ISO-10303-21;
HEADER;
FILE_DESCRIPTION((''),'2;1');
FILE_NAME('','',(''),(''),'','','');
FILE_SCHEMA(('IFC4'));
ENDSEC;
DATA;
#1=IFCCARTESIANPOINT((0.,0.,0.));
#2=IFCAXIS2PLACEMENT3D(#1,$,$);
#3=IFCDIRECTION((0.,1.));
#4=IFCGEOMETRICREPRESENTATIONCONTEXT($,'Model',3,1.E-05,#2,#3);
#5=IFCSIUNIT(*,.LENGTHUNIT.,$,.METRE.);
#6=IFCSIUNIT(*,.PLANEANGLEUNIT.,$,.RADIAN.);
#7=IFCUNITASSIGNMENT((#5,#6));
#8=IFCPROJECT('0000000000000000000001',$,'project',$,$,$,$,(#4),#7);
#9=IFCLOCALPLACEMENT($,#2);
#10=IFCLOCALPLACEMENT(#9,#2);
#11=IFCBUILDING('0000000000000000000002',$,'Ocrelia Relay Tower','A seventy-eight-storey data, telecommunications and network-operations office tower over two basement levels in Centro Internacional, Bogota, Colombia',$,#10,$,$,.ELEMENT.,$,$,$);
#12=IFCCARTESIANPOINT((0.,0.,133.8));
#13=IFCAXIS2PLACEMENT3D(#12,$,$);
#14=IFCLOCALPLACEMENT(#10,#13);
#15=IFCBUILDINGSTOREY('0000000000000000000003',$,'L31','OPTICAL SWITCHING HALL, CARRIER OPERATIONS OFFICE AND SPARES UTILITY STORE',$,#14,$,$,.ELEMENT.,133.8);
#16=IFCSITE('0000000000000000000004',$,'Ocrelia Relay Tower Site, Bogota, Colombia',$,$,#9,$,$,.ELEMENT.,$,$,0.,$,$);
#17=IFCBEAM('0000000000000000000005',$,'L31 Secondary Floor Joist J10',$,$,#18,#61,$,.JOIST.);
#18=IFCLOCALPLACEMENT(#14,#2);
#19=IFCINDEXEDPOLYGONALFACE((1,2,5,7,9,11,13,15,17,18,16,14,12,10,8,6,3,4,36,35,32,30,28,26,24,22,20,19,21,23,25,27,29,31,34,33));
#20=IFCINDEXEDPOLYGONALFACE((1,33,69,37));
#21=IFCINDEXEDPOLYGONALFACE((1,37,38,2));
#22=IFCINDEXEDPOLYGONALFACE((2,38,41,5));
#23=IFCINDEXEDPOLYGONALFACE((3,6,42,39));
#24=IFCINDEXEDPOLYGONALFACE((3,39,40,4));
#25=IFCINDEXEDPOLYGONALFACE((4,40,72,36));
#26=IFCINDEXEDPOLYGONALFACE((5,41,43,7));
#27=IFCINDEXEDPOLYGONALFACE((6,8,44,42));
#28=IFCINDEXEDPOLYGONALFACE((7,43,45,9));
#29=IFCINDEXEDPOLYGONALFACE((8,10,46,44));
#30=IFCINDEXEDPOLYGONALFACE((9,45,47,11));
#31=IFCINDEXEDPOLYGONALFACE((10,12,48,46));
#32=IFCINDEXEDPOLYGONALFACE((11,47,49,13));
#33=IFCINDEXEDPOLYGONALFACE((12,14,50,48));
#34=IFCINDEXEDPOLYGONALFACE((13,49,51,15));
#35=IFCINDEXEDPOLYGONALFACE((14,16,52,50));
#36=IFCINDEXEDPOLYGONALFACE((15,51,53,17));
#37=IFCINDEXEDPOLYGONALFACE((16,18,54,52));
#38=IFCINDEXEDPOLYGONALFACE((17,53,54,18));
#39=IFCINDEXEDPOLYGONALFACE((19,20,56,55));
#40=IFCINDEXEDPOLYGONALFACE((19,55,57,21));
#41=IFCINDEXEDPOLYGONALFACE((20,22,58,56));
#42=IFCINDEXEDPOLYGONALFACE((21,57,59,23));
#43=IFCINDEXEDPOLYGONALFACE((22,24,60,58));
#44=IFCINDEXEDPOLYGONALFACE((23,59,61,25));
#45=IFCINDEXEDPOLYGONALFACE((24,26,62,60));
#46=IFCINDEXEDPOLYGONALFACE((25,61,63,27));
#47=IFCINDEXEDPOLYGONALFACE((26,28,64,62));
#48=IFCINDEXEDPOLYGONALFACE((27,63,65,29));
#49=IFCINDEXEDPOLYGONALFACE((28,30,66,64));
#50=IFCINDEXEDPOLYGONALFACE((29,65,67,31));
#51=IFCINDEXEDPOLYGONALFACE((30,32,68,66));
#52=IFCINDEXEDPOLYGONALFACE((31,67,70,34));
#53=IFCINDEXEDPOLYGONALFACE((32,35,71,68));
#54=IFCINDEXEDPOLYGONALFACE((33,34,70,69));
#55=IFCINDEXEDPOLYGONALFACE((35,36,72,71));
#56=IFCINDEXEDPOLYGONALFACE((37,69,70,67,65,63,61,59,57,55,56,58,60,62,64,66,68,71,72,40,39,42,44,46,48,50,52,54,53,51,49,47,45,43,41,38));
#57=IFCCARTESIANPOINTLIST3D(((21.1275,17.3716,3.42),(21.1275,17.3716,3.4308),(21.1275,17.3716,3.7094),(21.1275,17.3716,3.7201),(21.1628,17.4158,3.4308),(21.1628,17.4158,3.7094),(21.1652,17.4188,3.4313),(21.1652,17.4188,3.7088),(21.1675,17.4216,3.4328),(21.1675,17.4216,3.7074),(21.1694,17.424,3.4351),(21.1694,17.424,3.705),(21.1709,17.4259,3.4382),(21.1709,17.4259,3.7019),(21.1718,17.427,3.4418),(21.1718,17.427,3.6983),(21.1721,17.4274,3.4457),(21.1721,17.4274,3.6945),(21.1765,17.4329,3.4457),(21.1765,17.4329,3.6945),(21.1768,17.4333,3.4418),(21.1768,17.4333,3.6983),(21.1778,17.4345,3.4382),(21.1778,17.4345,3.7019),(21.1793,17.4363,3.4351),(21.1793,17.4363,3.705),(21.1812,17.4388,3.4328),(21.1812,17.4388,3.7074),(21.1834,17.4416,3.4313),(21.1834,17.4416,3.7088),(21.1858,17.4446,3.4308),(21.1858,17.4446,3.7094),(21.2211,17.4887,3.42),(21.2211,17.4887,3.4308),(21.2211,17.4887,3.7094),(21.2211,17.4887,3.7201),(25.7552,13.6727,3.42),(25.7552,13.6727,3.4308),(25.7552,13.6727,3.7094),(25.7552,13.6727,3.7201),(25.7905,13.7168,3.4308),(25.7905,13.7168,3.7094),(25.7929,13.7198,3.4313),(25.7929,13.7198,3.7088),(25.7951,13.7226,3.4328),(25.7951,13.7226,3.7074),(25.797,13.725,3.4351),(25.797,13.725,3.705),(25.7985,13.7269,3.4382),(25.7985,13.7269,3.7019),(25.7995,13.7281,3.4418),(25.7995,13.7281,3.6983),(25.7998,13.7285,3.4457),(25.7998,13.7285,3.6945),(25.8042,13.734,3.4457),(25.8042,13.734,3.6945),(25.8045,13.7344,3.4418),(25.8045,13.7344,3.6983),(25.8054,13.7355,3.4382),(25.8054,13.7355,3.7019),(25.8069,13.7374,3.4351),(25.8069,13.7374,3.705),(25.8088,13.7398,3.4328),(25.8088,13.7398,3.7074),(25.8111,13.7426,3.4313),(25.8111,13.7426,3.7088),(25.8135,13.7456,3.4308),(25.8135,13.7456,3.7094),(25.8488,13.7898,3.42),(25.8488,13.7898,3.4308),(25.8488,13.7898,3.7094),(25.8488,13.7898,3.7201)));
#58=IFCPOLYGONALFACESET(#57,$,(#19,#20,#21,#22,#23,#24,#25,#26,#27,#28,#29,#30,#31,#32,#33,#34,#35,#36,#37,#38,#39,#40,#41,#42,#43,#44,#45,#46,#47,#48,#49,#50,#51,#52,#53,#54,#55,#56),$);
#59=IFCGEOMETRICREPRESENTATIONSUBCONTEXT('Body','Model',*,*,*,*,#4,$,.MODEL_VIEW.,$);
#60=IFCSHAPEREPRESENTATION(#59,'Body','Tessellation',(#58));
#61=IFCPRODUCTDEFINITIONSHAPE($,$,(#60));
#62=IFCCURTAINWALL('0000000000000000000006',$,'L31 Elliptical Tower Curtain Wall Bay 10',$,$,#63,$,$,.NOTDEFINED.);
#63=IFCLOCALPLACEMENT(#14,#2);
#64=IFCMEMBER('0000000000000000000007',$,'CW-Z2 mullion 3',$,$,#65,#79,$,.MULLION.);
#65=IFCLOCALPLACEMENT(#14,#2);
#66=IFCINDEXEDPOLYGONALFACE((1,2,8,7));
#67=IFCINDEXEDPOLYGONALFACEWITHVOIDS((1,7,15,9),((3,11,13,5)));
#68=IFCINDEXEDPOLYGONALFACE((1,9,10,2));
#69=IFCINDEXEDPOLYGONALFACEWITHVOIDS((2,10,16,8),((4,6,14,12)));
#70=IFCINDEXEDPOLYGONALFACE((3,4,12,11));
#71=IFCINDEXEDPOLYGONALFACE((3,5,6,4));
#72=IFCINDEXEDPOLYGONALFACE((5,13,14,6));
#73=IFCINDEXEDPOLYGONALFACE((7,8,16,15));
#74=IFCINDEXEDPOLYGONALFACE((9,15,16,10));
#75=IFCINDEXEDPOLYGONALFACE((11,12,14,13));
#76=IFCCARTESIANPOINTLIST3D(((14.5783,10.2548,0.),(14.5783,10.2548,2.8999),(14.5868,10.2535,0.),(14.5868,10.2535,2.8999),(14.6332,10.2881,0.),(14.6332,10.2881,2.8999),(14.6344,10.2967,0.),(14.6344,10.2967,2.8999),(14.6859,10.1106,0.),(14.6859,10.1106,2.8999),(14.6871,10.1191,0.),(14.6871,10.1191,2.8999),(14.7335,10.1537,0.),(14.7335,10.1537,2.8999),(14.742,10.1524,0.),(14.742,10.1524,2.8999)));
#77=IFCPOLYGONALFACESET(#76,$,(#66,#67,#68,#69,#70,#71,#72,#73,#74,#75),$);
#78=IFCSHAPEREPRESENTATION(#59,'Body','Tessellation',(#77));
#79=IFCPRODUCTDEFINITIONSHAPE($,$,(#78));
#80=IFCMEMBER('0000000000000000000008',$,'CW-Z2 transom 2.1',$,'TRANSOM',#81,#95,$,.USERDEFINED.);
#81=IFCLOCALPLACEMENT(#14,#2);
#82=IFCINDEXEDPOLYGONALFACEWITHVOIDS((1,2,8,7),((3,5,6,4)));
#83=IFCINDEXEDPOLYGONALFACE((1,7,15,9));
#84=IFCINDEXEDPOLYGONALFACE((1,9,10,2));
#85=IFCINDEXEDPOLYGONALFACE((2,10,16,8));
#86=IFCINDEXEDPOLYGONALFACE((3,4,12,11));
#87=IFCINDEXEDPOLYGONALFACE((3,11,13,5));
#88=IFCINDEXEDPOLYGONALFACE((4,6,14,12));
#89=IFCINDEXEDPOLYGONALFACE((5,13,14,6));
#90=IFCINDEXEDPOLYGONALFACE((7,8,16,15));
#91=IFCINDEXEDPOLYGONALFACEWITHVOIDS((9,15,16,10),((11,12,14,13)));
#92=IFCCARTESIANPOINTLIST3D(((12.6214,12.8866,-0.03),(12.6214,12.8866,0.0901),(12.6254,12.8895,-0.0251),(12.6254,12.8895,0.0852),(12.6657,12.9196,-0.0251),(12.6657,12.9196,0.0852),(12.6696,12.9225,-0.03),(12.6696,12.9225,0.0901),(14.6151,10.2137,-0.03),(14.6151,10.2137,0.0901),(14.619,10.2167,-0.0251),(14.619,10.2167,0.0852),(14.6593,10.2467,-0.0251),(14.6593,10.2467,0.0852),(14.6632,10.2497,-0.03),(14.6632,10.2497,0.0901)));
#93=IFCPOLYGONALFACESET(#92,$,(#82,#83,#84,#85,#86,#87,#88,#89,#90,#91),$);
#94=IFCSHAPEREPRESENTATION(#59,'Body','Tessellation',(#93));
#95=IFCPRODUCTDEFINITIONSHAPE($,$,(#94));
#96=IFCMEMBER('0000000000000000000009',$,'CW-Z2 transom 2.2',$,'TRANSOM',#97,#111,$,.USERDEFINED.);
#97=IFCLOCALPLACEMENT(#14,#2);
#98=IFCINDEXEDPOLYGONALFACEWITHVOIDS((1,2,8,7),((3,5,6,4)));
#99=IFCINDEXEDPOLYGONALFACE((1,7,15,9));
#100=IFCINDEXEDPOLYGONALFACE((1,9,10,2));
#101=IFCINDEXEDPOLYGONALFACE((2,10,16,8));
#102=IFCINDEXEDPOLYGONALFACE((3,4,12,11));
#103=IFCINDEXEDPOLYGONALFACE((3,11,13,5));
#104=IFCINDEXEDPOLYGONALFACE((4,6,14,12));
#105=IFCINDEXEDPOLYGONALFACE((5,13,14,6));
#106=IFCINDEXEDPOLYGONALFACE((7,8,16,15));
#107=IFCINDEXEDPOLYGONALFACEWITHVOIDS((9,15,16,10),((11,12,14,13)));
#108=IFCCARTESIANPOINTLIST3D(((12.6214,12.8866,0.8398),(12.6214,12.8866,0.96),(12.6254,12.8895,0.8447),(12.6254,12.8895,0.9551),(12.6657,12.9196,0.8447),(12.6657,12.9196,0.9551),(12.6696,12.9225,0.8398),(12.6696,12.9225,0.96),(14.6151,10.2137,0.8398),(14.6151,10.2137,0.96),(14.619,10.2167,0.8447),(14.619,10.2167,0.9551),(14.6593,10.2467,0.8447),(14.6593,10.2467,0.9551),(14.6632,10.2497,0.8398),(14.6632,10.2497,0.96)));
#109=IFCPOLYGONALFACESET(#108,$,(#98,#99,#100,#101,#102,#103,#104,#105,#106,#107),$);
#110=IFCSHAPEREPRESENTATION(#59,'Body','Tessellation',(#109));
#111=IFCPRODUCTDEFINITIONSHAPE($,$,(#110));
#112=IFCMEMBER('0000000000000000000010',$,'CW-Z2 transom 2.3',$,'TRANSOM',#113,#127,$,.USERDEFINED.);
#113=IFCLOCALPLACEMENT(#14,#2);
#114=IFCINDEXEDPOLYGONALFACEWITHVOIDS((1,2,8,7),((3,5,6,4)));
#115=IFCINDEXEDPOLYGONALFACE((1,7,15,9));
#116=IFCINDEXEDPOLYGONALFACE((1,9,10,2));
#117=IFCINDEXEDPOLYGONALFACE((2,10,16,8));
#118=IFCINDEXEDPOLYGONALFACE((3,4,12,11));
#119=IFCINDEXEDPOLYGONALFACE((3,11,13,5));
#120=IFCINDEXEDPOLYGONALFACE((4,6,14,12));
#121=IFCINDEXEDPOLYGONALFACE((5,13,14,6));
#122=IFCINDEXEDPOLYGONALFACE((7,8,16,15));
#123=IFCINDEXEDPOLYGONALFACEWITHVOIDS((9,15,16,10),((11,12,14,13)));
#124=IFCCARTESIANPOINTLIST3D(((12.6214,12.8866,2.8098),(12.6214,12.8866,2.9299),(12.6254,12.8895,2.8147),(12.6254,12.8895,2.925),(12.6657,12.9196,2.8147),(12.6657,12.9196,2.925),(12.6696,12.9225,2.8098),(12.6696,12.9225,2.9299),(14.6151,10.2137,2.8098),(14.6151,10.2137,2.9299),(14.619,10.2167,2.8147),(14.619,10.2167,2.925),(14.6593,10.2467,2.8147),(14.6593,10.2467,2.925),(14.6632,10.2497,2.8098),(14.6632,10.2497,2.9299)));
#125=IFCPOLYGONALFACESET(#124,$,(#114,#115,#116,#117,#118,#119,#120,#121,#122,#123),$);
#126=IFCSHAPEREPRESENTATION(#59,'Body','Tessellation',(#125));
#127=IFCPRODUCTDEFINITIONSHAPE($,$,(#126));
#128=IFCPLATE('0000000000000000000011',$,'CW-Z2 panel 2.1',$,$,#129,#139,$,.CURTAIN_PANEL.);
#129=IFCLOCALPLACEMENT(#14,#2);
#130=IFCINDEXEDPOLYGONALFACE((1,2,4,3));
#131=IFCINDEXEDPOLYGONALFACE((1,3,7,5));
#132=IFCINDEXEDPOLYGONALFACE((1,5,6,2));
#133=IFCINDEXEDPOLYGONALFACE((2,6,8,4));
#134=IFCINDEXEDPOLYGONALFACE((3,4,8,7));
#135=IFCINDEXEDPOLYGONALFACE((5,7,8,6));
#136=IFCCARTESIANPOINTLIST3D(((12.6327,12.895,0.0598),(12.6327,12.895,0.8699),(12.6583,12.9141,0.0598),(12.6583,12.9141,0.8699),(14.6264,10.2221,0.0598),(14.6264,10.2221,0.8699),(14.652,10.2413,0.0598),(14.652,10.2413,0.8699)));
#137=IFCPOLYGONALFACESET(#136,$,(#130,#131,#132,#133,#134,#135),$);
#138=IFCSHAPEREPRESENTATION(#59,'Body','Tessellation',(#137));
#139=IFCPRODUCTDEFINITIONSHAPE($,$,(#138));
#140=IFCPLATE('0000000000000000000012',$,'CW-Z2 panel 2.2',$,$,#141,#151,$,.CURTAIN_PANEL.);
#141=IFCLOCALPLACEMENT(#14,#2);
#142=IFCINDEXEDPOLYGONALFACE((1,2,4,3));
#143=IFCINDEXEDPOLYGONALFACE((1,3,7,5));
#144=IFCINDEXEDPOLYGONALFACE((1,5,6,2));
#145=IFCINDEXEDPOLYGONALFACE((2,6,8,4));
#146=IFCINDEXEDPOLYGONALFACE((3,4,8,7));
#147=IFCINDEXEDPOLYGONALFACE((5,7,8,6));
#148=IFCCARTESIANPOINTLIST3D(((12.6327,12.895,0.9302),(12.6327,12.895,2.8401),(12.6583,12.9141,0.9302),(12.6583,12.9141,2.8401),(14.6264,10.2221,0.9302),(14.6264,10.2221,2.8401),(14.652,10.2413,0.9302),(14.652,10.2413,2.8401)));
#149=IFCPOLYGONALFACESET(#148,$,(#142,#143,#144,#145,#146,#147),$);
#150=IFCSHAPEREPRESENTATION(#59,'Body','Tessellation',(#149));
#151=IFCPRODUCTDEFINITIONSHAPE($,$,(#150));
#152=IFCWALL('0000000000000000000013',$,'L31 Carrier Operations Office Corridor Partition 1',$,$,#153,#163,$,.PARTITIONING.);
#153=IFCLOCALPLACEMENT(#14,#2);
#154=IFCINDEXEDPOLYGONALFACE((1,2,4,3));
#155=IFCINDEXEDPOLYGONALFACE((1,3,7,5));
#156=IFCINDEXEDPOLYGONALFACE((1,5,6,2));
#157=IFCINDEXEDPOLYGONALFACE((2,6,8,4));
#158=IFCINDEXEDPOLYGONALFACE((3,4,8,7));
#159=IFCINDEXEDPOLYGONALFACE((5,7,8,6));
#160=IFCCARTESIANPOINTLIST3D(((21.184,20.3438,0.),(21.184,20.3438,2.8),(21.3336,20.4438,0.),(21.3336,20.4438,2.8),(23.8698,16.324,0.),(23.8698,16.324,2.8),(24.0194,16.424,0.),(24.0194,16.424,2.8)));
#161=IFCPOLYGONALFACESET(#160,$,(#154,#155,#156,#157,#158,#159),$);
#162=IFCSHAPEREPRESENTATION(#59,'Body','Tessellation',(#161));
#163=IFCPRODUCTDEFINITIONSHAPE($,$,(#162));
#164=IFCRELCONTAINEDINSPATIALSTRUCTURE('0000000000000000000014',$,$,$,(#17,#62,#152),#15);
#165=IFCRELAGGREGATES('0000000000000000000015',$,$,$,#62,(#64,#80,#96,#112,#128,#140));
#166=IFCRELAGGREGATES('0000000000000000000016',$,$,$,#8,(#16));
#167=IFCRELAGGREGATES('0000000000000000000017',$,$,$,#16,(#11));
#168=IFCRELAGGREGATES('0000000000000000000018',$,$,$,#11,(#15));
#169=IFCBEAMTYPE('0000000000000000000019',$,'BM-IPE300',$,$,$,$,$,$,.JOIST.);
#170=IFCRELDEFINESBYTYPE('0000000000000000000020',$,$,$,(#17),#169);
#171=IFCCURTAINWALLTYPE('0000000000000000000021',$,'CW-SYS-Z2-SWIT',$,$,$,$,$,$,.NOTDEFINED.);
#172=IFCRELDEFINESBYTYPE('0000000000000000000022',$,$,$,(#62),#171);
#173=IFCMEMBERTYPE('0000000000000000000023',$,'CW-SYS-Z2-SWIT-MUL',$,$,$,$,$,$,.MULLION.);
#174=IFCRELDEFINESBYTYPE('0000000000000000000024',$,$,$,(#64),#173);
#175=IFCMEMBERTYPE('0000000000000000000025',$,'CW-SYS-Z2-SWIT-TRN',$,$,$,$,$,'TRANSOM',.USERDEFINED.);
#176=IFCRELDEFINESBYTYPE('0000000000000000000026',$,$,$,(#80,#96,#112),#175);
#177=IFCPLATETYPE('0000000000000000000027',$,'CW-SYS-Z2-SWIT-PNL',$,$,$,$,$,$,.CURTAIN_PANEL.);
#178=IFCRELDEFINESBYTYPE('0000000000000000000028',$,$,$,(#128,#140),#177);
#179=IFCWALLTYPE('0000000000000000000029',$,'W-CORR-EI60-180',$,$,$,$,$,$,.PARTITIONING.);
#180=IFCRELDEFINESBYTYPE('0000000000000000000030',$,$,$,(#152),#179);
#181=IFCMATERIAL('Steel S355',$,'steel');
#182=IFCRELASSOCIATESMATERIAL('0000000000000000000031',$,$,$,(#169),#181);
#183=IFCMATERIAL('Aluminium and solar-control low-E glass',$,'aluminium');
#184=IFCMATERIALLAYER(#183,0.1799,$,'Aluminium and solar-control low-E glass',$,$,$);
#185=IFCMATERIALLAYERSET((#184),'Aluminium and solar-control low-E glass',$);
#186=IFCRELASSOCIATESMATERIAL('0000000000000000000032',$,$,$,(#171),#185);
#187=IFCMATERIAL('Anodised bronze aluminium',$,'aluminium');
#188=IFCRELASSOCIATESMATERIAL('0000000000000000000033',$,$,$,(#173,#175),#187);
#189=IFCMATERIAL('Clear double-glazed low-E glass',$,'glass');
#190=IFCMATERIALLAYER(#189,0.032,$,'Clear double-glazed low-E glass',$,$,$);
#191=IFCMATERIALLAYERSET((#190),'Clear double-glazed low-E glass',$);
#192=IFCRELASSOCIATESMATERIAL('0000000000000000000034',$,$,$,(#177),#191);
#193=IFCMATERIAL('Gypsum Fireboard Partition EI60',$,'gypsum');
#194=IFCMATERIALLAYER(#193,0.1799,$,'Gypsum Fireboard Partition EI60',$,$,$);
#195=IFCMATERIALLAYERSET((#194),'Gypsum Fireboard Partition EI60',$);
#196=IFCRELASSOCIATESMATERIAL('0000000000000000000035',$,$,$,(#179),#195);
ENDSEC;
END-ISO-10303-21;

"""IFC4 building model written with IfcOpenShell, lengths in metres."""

from ifc_helpers import new_model, si_unit, direction, frame, frame_2d, origin, origin_2d, place, context, subcontext, project, spatial, rectangle, hollow_rectangle, i_section, extrude, material, layer, layer_set, material_profile, profile_set, type_object, element, aggregate, save


model = new_model("IFC4")

# Units and contexts
model_context = context("Model", 3, precision=1e-05, world=origin(), true_north=direction((0.0, 1.0)))
body_context = subcontext(model_context, "Body", "Model", "MODEL_VIEW")
ifc_project = project(units=[si_unit("LENGTHUNIT", "METRE"), si_unit("PLANEANGLEUNIT", "RADIAN")], contexts=[model_context])

# Site, building, storey
site_placement = place(None, origin())
site = spatial("IfcSite", under=ifc_project, at=site_placement, Name="Ocrelia Relay Tower Site, Bogota, Colombia", CompositionType="ELEMENT", RefElevation=0.0)
building_placement = place(site_placement, origin())
building = spatial("IfcBuilding", under=site, at=building_placement, Name="Ocrelia Relay Tower", Description="A seventy-eight-storey data, telecommunications and network-operations office tower over two basement levels in Centro Internacional, Bogota, Colombia", CompositionType="ELEMENT")
storey_placement = place(building_placement, frame((0.0, 0.0, 133.8)))
storey = spatial("IfcBuildingStorey", under=building, at=storey_placement, Name="L31", Description="OPTICAL SWITCHING HALL, CARRIER OPERATIONS OFFICE AND SPARES UTILITY STORE", CompositionType="ELEMENT", Elevation=133.8)

# Beam
ifc_material_1 = material(Name="Steel S355", Category="steel")
ifc_material_profile_1 = material_profile(ifc_material_1, i_section(OverallWidth=0.1499, OverallDepth=0.3, WebThickness=0.0071, FlangeThickness=0.0107, FilletRadius=0.0149, at=origin_2d()), Name="IPE 300")
ifc_profile_set_1 = profile_set([ifc_material_profile_1], Name="Steel S355")
beam_type_1 = type_object("IfcBeamType", Name="BM-IPE300", PredefinedType="JOIST", material=ifc_profile_set_1)
beam_1_placement = place(storey_placement, frame((21.1743, 17.4302, 3.5701), z_axis=(0.78113, -0.624368, 0.0), x_axis=(0.624368, 0.78113, 0.0)))
element("IfcBeam", 1, at=beam_1_placement, inside=storey, type_object=beam_type_1, Name="L31 Secondary Floor Joist J10", PredefinedType="JOIST", context=body_context, shape_type="SweptSolid", body=[
    extrude(i_section(OverallWidth=0.1499, OverallDepth=0.3, WebThickness=0.0071, FlangeThickness=0.0107, FilletRadius=0.0149, at=origin_2d()), origin(), (0.0, 0.0, 1.0), 5.9243),
])

# Curtain wall, members, plates
ifc_material_2 = material(Name="Aluminium and solar-control low-E glass", Category="aluminium")
ifc_layer_1 = layer(ifc_material_2, 0.1799, Name="Aluminium and solar-control low-E glass")
ifc_layer_set_1 = layer_set([ifc_layer_1], Name="Aluminium and solar-control low-E glass")
curtain_wall_type = type_object("IfcCurtainWallType", Name="CW-SYS-Z2-SWIT", PredefinedType="NOTDEFINED", material=ifc_layer_set_1)
curtain_wall_placement = place(storey_placement, origin())
curtain_wall = element("IfcCurtainWall", 2, at=curtain_wall_placement, inside=storey, type_object=curtain_wall_type, Name="L31 Elliptical Tower Curtain Wall Bay 10", PredefinedType="NOTDEFINED")
ifc_material_3 = material(Name="Anodised bronze aluminium", Category="aluminium")
ifc_material_profile_2 = material_profile(ifc_material_3, hollow_rectangle(XDim=0.0701, YDim=0.1799, WallThickness=0.0061, at=origin_2d()), Name="CW-MUL-180x70")
ifc_profile_set_2 = profile_set([ifc_material_profile_2], Name="Anodised bronze aluminium")
member_type_1 = type_object("IfcMemberType", Name="CW-SYS-Z2-SWIT-MUL", PredefinedType="MULLION", material=ifc_profile_set_2)
member_1_placement = place(storey_placement, frame((14.6602, 10.2036, 0.0), z_axis=(0.0, 0.0, 1.0), x_axis=(0.801572, 0.597898, 0.0)))
member_1 = element("IfcMember", 3, at=member_1_placement, type_object=member_type_1, Name="CW-Z2 mullion 3", PredefinedType="MULLION", context=body_context, shape_type="SweptSolid", body=[
    extrude(hollow_rectangle(XDim=0.0701, YDim=0.1799, WallThickness=0.0061, at=origin_2d()), origin(), (0.0, 0.0, 1.0), 2.8999),
])
ifc_material_profile_3 = material_profile(ifc_material_3, hollow_rectangle(XDim=0.0601, YDim=0.1201, WallThickness=0.0049, at=origin_2d()), Name="CW-TRN-120x60")
ifc_profile_set_3 = profile_set([ifc_material_profile_3], Name="Anodised bronze aluminium")
member_type_2 = type_object("IfcMemberType", Name="CW-SYS-Z2-SWIT-TRN", ElementType="TRANSOM", PredefinedType="USERDEFINED", material=ifc_profile_set_3)
member_2_placement = place(storey_placement, frame((12.6455, 12.9045, 0.03), z_axis=(0.597889, -0.801579, 0.0), x_axis=(0.801579, 0.597889, 0.0)))
member_2 = element("IfcMember", 4, at=member_2_placement, type_object=member_type_2, Name="CW-Z2 transom 2.1", ObjectType="TRANSOM", PredefinedType="USERDEFINED", context=body_context, shape_type="SweptSolid", body=[
    extrude(hollow_rectangle(XDim=0.0601, YDim=0.1201, WallThickness=0.0049, at=origin_2d()), origin(), (0.0, 0.0, 1.0), 3.3345),
])
member_3_placement = place(storey_placement, frame((12.6455, 12.9045, 0.8999), z_axis=(0.597889, -0.801579, 0.0), x_axis=(0.801579, 0.597889, 0.0)))
member_3 = element("IfcMember", 5, at=member_3_placement, type_object=member_type_2, Name="CW-Z2 transom 2.2", ObjectType="TRANSOM", PredefinedType="USERDEFINED", context=body_context, shape_type="SweptSolid", body=[
    extrude(hollow_rectangle(XDim=0.0601, YDim=0.1201, WallThickness=0.0049, at=origin_2d()), origin(), (0.0, 0.0, 1.0), 3.3345),
])
member_4_placement = place(storey_placement, frame((12.6455, 12.9045, 2.8699), z_axis=(0.597889, -0.801579, 0.0), x_axis=(0.801579, 0.597889, 0.0)))
member_4 = element("IfcMember", 6, at=member_4_placement, type_object=member_type_2, Name="CW-Z2 transom 2.3", ObjectType="TRANSOM", PredefinedType="USERDEFINED", context=body_context, shape_type="SweptSolid", body=[
    extrude(hollow_rectangle(XDim=0.0601, YDim=0.1201, WallThickness=0.0049, at=origin_2d()), origin(), (0.0, 0.0, 1.0), 3.3345),
])
ifc_material_4 = material(Name="Clear double-glazed low-E glass", Category="glass")
ifc_layer_2 = layer(ifc_material_4, 0.032, Name="Clear double-glazed low-E glass")
ifc_layer_set_2 = layer_set([ifc_layer_2], Name="Clear double-glazed low-E glass")
plate_type = type_object("IfcPlateType", Name="CW-SYS-Z2-SWIT-PNL", PredefinedType="CURTAIN_PANEL", material=ifc_layer_set_2)
plate_1_placement = place(storey_placement, frame((13.6423, 11.5681, 0.0598), z_axis=(0.0, 0.0, 1.0), x_axis=(0.597898, -0.801572, 0.0)))
plate_1 = element("IfcPlate", 7, at=plate_1_placement, type_object=plate_type, Name="CW-Z2 panel 2.1", PredefinedType="CURTAIN_PANEL", context=body_context, shape_type="SweptSolid", body=[
    extrude(rectangle(XDim=3.3345, YDim=0.032, at=origin_2d()), origin(), (0.0, 0.0, 1.0), 0.8101),
])
plate_2_placement = place(storey_placement, frame((13.6423, 11.5681, 0.9302), z_axis=(0.0, 0.0, 1.0), x_axis=(0.597898, -0.801572, 0.0)))
plate_2 = element("IfcPlate", 8, at=plate_2_placement, type_object=plate_type, Name="CW-Z2 panel 2.2", PredefinedType="CURTAIN_PANEL", context=body_context, shape_type="SweptSolid", body=[
    extrude(rectangle(XDim=3.3345, YDim=0.032, at=origin_2d()), origin(), (0.0, 0.0, 1.0), 1.9099),
])
aggregate(curtain_wall, [member_1, member_2, member_3, member_4, plate_1, plate_2])

# Wall
ifc_material_5 = material(Name="Gypsum Fireboard Partition EI60", Category="gypsum")
ifc_layer_3 = layer(ifc_material_5, 0.1799, Name="Gypsum Fireboard Partition EI60")
ifc_layer_set_3 = layer_set([ifc_layer_3], Name="Gypsum Fireboard Partition EI60")
wall_type_1 = type_object("IfcWallType", Name="W-CORR-EI60-180", PredefinedType="PARTITIONING", material=ifc_layer_set_3)
wall_1_placement = place(storey_placement, frame((21.2588, 20.3938, 0.0), z_axis=(0.0, 0.0, 1.0), x_axis=(0.555551, -0.831483, 0.0)))
element("IfcWall", 9, at=wall_1_placement, inside=storey, type_object=wall_type_1, Name="L31 Carrier Operations Office Corridor Partition 1", PredefinedType="PARTITIONING", context=body_context, shape_type="SweptSolid", body=[
    extrude(rectangle(XDim=4.8345, YDim=0.1799, at=frame_2d((2.4172, 0.0))), origin(), (0.0, 0.0, 1.0), 2.8),
])

save(model, "model.ifc")
